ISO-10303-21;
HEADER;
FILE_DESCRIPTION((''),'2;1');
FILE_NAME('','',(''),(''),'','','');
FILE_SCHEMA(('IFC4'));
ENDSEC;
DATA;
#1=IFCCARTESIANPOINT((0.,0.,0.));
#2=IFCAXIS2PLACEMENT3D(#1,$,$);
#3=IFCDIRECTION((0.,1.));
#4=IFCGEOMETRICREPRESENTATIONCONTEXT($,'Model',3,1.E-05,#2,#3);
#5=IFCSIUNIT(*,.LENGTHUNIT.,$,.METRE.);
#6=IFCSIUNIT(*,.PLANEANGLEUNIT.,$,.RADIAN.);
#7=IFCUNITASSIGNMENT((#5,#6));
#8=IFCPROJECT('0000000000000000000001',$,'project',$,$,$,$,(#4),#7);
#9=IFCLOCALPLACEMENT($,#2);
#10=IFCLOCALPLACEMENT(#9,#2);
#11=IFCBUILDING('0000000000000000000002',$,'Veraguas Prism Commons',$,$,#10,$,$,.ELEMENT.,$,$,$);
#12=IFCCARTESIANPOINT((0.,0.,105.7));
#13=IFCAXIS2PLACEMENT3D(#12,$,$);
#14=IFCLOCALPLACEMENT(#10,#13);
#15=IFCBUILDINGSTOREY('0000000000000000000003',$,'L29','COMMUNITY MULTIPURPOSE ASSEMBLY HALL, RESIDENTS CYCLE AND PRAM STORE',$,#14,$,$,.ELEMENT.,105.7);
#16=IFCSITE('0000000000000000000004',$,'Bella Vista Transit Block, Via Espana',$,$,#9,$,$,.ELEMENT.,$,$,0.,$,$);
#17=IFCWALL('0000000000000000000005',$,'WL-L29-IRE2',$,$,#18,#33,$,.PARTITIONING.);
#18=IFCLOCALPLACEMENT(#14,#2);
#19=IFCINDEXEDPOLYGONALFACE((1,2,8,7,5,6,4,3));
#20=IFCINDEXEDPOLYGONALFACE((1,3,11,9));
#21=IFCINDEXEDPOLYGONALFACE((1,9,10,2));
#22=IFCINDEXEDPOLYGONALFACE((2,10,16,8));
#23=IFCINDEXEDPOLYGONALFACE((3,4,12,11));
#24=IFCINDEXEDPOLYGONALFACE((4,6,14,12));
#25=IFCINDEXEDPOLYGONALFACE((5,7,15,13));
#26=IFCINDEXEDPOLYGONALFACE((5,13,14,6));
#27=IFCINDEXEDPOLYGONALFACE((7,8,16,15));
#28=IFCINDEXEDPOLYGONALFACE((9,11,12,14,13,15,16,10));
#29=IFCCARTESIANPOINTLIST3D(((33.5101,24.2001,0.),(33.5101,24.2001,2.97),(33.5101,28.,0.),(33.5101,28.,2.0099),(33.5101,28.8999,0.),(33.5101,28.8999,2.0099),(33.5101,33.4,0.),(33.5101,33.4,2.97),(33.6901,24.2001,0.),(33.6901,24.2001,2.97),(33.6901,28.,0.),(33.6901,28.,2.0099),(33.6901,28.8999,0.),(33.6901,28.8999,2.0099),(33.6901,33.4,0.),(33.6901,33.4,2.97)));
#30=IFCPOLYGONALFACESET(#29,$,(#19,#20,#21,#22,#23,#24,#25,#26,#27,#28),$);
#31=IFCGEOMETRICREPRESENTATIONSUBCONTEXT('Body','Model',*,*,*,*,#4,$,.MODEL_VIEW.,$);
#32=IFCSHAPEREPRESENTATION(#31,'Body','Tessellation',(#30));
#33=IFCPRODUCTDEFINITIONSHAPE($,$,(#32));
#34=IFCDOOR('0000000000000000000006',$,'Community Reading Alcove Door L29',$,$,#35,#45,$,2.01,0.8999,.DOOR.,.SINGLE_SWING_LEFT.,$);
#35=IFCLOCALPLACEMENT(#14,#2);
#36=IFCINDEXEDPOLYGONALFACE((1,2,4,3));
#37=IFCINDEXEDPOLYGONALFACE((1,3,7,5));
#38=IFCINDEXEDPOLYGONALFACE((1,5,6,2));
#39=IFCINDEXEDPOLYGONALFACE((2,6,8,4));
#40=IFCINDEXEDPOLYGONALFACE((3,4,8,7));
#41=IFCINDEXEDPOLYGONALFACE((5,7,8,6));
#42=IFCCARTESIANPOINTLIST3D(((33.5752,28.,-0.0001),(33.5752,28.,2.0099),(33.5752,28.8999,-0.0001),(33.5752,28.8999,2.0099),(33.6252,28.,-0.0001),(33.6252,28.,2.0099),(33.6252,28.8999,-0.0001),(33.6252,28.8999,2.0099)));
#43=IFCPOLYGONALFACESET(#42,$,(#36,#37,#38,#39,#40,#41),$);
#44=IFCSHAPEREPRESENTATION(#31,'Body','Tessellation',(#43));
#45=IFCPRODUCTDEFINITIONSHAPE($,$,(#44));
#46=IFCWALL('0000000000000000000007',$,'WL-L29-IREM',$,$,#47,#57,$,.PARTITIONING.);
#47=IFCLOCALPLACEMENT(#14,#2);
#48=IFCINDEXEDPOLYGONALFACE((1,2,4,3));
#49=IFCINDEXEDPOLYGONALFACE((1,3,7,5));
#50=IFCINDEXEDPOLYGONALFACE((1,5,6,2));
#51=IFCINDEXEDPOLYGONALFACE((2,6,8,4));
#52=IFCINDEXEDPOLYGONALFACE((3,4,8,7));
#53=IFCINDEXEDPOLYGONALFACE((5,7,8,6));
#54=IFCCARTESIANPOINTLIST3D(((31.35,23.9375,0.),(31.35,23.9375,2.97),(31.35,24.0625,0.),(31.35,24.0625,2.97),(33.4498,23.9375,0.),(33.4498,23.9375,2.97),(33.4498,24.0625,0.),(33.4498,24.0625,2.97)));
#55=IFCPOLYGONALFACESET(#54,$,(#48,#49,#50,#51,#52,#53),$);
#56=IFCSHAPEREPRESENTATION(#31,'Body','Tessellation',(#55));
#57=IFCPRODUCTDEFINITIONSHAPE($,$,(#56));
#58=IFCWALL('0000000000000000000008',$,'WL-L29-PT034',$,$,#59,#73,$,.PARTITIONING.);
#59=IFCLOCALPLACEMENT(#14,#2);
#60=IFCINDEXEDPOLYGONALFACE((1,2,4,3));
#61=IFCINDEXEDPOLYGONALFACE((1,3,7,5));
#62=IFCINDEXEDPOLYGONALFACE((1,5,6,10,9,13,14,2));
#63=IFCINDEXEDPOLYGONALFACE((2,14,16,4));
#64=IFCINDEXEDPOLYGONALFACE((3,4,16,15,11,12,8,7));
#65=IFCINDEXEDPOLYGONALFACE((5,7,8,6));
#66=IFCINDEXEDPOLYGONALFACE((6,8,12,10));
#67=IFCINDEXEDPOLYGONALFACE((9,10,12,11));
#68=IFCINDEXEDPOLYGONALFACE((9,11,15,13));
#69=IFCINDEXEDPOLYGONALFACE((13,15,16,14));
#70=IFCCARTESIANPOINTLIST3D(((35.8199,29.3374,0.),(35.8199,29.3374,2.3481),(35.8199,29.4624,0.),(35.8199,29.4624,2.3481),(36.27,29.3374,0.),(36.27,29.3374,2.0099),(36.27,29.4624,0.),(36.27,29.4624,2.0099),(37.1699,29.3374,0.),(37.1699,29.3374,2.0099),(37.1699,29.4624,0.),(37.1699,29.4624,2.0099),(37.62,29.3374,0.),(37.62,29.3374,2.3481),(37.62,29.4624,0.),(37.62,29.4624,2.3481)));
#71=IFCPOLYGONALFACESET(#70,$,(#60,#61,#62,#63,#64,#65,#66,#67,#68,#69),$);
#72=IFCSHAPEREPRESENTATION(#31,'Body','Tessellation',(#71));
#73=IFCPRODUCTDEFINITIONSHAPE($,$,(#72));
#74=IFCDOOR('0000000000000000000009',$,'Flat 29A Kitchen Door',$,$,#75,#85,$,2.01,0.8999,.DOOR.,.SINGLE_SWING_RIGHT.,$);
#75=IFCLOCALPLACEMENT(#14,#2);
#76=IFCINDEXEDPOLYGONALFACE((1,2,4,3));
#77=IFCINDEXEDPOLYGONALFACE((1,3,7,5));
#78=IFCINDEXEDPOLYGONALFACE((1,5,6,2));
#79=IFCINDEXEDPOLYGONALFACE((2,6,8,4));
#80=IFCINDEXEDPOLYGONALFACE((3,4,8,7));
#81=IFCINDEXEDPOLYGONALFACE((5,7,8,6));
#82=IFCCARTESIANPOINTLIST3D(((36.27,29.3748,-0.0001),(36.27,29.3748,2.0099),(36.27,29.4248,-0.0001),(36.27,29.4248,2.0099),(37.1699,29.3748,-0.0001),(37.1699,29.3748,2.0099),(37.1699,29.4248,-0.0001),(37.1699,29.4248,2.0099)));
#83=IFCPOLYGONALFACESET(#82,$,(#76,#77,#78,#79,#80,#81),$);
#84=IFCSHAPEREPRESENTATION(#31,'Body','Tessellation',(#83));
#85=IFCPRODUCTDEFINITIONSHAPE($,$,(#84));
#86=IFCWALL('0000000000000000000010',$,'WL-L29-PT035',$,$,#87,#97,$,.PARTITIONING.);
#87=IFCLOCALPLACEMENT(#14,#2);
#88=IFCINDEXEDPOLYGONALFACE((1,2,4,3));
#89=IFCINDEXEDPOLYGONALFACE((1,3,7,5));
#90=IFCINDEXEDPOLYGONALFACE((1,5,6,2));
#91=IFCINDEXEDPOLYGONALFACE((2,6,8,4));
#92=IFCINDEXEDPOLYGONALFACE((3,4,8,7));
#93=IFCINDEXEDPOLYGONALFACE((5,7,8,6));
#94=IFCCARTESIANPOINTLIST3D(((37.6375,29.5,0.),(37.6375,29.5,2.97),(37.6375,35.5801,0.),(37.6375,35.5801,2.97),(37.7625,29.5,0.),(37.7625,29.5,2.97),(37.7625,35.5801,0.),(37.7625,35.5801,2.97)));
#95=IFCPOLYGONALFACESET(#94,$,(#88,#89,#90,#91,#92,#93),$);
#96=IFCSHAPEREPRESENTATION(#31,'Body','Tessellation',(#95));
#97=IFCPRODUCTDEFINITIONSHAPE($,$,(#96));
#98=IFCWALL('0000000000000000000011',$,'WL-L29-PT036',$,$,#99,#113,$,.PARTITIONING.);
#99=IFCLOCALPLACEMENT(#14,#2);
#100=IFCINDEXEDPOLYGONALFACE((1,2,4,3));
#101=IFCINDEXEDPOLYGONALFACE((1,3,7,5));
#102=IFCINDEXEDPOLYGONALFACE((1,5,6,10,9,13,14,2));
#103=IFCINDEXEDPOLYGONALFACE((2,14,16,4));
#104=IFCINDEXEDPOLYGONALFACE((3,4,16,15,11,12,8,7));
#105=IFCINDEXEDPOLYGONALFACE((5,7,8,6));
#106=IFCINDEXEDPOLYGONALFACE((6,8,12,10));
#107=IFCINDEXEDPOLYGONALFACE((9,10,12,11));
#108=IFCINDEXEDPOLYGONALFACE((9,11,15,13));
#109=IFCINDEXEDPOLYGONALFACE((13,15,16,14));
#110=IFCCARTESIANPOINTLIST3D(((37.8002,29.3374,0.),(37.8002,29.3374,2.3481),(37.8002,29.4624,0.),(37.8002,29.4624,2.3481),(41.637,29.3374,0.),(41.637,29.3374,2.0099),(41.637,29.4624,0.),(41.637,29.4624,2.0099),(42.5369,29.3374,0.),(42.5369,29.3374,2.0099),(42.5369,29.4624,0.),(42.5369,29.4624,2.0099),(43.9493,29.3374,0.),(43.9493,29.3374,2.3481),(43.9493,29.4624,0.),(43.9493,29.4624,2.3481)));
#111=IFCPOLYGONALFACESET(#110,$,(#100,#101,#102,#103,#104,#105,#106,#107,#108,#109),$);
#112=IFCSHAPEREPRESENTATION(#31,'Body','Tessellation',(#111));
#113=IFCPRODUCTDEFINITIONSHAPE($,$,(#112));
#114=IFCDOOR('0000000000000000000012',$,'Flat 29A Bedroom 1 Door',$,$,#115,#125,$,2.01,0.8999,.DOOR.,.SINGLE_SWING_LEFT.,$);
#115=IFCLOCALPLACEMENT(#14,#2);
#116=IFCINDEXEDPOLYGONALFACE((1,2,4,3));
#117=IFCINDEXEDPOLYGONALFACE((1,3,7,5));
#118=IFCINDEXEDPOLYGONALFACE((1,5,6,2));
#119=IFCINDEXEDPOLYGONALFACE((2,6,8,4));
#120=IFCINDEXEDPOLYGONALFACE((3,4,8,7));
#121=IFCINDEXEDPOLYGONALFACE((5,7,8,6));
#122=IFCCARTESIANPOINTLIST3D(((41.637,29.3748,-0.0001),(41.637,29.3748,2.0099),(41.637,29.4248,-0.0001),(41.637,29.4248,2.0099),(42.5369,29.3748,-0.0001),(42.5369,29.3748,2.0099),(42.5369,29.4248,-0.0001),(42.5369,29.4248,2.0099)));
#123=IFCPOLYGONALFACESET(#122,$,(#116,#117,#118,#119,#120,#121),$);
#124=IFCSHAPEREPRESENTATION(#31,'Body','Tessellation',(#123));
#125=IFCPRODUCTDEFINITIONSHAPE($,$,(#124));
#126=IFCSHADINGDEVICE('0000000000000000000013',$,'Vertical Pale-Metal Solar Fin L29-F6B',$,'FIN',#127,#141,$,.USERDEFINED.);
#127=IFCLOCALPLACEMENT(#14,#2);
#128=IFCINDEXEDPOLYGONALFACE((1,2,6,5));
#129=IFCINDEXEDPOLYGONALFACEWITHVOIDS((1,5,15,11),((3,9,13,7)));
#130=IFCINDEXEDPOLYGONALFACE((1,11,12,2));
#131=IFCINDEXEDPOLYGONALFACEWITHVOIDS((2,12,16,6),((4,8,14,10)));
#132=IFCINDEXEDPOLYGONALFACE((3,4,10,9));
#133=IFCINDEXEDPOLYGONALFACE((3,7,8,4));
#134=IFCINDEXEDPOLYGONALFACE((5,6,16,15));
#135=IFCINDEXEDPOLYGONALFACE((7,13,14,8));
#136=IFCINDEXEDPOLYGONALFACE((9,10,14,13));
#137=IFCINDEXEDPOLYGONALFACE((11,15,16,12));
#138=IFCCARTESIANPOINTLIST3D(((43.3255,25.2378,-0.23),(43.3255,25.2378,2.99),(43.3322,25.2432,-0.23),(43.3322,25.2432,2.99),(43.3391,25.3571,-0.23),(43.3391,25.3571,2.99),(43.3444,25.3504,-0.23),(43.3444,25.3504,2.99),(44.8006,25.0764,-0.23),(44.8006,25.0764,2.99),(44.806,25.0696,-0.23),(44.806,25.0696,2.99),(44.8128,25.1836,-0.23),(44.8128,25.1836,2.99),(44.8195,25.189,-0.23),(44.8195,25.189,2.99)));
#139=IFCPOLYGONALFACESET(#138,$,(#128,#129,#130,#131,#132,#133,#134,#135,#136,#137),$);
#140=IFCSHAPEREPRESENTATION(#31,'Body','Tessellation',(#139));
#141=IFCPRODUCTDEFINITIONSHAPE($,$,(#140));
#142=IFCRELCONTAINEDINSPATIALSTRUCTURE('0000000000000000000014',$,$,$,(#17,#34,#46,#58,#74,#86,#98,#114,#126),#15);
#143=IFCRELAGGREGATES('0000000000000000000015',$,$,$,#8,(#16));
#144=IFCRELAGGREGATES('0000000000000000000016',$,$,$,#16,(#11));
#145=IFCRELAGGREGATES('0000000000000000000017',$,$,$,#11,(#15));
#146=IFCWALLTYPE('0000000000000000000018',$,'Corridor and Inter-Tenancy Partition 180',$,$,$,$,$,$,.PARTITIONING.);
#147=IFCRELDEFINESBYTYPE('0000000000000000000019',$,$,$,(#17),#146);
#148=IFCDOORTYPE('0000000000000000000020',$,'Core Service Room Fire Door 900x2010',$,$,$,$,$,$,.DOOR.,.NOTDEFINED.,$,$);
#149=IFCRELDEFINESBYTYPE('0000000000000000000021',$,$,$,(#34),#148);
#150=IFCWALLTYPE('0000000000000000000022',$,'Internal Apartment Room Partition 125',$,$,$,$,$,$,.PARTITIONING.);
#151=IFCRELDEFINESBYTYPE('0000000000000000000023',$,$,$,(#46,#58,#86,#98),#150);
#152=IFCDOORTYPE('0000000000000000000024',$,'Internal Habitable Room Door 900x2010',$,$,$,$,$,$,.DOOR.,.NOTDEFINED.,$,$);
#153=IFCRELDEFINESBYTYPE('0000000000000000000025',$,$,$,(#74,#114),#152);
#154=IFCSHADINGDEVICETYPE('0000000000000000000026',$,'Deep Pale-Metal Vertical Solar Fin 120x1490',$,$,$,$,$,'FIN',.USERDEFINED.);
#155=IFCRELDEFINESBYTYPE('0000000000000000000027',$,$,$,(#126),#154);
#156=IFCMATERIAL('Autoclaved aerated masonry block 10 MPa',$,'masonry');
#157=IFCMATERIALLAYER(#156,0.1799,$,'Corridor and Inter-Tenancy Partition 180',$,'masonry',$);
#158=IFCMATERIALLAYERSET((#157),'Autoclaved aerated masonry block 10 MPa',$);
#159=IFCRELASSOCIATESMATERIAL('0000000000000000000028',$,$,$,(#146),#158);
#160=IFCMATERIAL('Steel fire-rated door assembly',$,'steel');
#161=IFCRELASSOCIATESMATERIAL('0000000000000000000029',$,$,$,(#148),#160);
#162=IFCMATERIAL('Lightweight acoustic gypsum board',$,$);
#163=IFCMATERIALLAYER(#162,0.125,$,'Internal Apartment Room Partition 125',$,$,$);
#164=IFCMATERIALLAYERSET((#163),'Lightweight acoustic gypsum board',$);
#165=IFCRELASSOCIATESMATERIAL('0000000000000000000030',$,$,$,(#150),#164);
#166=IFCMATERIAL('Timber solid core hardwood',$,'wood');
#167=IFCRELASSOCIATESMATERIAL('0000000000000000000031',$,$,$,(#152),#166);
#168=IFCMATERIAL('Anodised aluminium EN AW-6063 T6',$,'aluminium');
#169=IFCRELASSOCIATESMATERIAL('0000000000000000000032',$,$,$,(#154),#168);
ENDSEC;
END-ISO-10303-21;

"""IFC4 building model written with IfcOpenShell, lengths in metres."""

from ifc_helpers import new_model, si_unit, direction, frame, frame_2d, origin, origin_2d, place, context, subcontext, project, spatial, rectangle, hollow_rectangle, extrude, source, transform, mapped, material, layer, layer_set, material_profile, profile_set, type_object, element, fill, save


model = new_model("IFC4")

# Units and contexts
model_context = context("Model", 3, precision=1e-05, world=origin(), true_north=direction((0.0, 1.0)))
body_context = subcontext(model_context, "Body", "Model", "MODEL_VIEW")
ifc_project = project(units=[si_unit("LENGTHUNIT", "METRE"), si_unit("PLANEANGLEUNIT", "RADIAN")], contexts=[model_context])

# Site, building, storey
site_placement = place(None, origin())
site = spatial("IfcSite", under=ifc_project, at=site_placement, Name="Bella Vista Transit Block, Via Espana", CompositionType="ELEMENT", RefElevation=0.0)
building_placement = place(site_placement, origin())
building = spatial("IfcBuilding", under=site, at=building_placement, Name="Veraguas Prism Commons", CompositionType="ELEMENT")
storey_placement = place(building_placement, frame((0.0, 0.0, 105.7)))
storey = spatial("IfcBuildingStorey", under=building, at=storey_placement, Name="L29", Description="COMMUNITY MULTIPURPOSE ASSEMBLY HALL, RESIDENTS CYCLE AND PRAM STORE", CompositionType="ELEMENT", Elevation=105.7)

# Shared definitions
ifc_material_1 = material(Name="Anodised aluminium EN AW-6063 T6", Category="aluminium")

# Wall, opening, door
ifc_material_2 = material(Name="Autoclaved aerated masonry block 10 MPa", Category="masonry")
ifc_layer_1 = layer(ifc_material_2, 0.1799, Name="Corridor and Inter-Tenancy Partition 180", Category="masonry")
ifc_layer_set_1 = layer_set([ifc_layer_1], Name="Autoclaved aerated masonry block 10 MPa")
wall_type_1 = type_object("IfcWallType", Name="Corridor and Inter-Tenancy Partition 180", PredefinedType="PARTITIONING", material=ifc_layer_set_1)
wall_1_placement = place(storey_placement, frame((33.6001, 24.2, 0.0), z_axis=(0.0, 0.0, 1.0), x_axis=(0.0, 1.0, 0.0)))
wall_1 = element("IfcWall", 1, at=wall_1_placement, inside=storey, type_object=wall_type_1, Name="WL-L29-IRE2", PredefinedType="PARTITIONING", context=body_context, shape_type="SweptSolid", body=[
    extrude(rectangle(XDim=9.2, YDim=0.1799, at=frame_2d((4.6001, 0.0))), origin(), (0.0, 0.0, 1.0), 2.97),
])
opening_1_placement = place(wall_1_placement, frame((3.8, 0.0, 0.0)))
opening_1 = element("IfcOpeningElement", 2, at=opening_1_placement, cuts=wall_1, PredefinedType="OPENING", context=body_context, shape_type="SweptSolid", body=[
    extrude(rectangle(XDim=0.8999, YDim=2.01, at=frame_2d((0.45, 1.0049))), frame((0.0, 0.0999, 0.0), z_axis=(0.0, -1.0, 0.0), x_axis=(1.0, 0.0, 0.0)), (0.0, 0.0, 1.0), 0.2),
])
ifc_material_3 = material(Name="Steel fire-rated door assembly", Category="steel")
door_type_1 = type_object("IfcDoorType", Name="Core Service Room Fire Door 900x2010", OperationType="NOTDEFINED", PredefinedType="DOOR", material=ifc_material_3)
shared_shape_1 = source(origin(), body_context, "Body", "SweptSolid", [
    extrude(rectangle(XDim=0.8999, YDim=2.01, at=frame_2d((0.45, 1.0049))), frame((0.0, 0.0249, 0.0), z_axis=(0.0, -1.0, 0.0), x_axis=(1.0, 0.0, 0.0)), (0.0, 0.0, 1.0), 0.05),
])
door_1_placement = place(opening_1_placement, origin())
door_1 = element("IfcDoor", 3, at=door_1_placement, inside=storey, type_object=door_type_1, Name="Community Reading Alcove Door L29", OperationType="SINGLE_SWING_LEFT", OverallHeight=2.01, OverallWidth=0.8999, PredefinedType="DOOR", context=body_context, shape_type="MappedRepresentation", body=[
    mapped(shared_shape_1, transform((0.0, 0.0, 0.0), scale=1.0)),
])
fill(opening_1, door_1)

# Wall
ifc_material_4 = material(Name="Lightweight acoustic gypsum board")
ifc_layer_2 = layer(ifc_material_4, 0.125, Name="Internal Apartment Room Partition 125")
ifc_layer_set_2 = layer_set([ifc_layer_2], Name="Lightweight acoustic gypsum board")
wall_type_2 = type_object("IfcWallType", Name="Internal Apartment Room Partition 125", PredefinedType="PARTITIONING", material=ifc_layer_set_2)
wall_2_placement = place(storey_placement, frame((31.3501, 24.0, 0.0), z_axis=(0.0, 0.0, 1.0), x_axis=(1.0, 0.0, 0.0)))
element("IfcWall", 4, at=wall_2_placement, inside=storey, type_object=wall_type_2, Name="WL-L29-IREM", PredefinedType="PARTITIONING", context=body_context, shape_type="SweptSolid", body=[
    extrude(rectangle(XDim=2.0999, YDim=0.125, at=frame_2d((1.0498, 0.0))), origin(), (0.0, 0.0, 1.0), 2.97),
])

# Wall, opening, door
wall_3_placement = place(storey_placement, frame((35.8201, 29.3999, 0.0), z_axis=(0.0, 0.0, 1.0), x_axis=(1.0, 0.0, 0.0)))
wall_3 = element("IfcWall", 5, at=wall_3_placement, inside=storey, type_object=wall_type_2, Name="WL-L29-PT034", PredefinedType="PARTITIONING", context=body_context, shape_type="SweptSolid", body=[
    extrude(rectangle(XDim=1.8, YDim=0.125, at=frame_2d((0.8999, 0.0))), origin(), (0.0, 0.0, 1.0), 2.3481),
])
opening_2_placement = place(wall_3_placement, frame((0.45, 0.0, 0.0)))
opening_2 = element("IfcOpeningElement", 6, at=opening_2_placement, cuts=wall_3, PredefinedType="OPENING", context=body_context, shape_type="SweptSolid", body=[
    extrude(rectangle(XDim=0.8999, YDim=2.01, at=frame_2d((0.45, 1.0049))), frame((0.0, 0.0725, 0.0), z_axis=(0.0, -1.0, 0.0), x_axis=(1.0, 0.0, 0.0)), (0.0, 0.0, 1.0), 0.145),
])
ifc_material_5 = material(Name="Timber solid core hardwood", Category="wood")
door_type_2 = type_object("IfcDoorType", Name="Internal Habitable Room Door 900x2010", OperationType="NOTDEFINED", PredefinedType="DOOR", material=ifc_material_5)
door_2_placement = place(opening_2_placement, origin())
door_2 = element("IfcDoor", 7, at=door_2_placement, inside=storey, type_object=door_type_2, Name="Flat 29A Kitchen Door", OperationType="SINGLE_SWING_RIGHT", OverallHeight=2.01, OverallWidth=0.8999, PredefinedType="DOOR", context=body_context, shape_type="MappedRepresentation", body=[
    mapped(shared_shape_1, transform((0.0, 0.0, 0.0), scale=1.0)),
])
fill(opening_2, door_2)

# Wall
wall_4_placement = place(storey_placement, frame((37.7, 29.5, 0.0), z_axis=(0.0, 0.0, 1.0), x_axis=(0.0, 1.0, 0.0)))
element("IfcWall", 8, at=wall_4_placement, inside=storey, type_object=wall_type_2, Name="WL-L29-PT035", PredefinedType="PARTITIONING", context=body_context, shape_type="SweptSolid", body=[
    extrude(rectangle(XDim=6.0801, YDim=0.125, at=frame_2d((3.04, 0.0))), origin(), (0.0, 0.0, 1.0), 2.97),
])

# Wall, opening, door
wall_5_placement = place(storey_placement, frame((37.8, 29.3999, 0.0), z_axis=(0.0, 0.0, 1.0), x_axis=(1.0, 0.0, 0.0)))
wall_5 = element("IfcWall", 9, at=wall_5_placement, inside=storey, type_object=wall_type_2, Name="WL-L29-PT036", PredefinedType="PARTITIONING", context=body_context, shape_type="SweptSolid", body=[
    extrude(rectangle(XDim=6.1492, YDim=0.125, at=frame_2d((3.0747, 0.0))), origin(), (0.0, 0.0, 1.0), 2.3481),
])
opening_3_placement = place(wall_5_placement, frame((3.8369, 0.0, 0.0)))
opening_3 = element("IfcOpeningElement", 10, at=opening_3_placement, cuts=wall_5, PredefinedType="OPENING", context=body_context, shape_type="SweptSolid", body=[
    extrude(rectangle(XDim=0.8999, YDim=2.01, at=frame_2d((0.45, 1.0049))), frame((0.0, 0.0725, 0.0), z_axis=(0.0, -1.0, 0.0), x_axis=(1.0, 0.0, 0.0)), (0.0, 0.0, 1.0), 0.145),
])
door_3_placement = place(opening_3_placement, origin())
door_3 = element("IfcDoor", 11, at=door_3_placement, inside=storey, type_object=door_type_2, Name="Flat 29A Bedroom 1 Door", OperationType="SINGLE_SWING_LEFT", OverallHeight=2.01, OverallWidth=0.8999, PredefinedType="DOOR", context=body_context, shape_type="MappedRepresentation", body=[
    mapped(shared_shape_1, transform((0.0, 0.0, 0.0), scale=1.0)),
])
fill(opening_3, door_3)

# Shading device
ifc_material_profile_1 = material_profile(ifc_material_1, hollow_rectangle(XDim=0.1201, YDim=1.49, WallThickness=0.0061, at=origin_2d()), Name="FIN120X1490X6")
ifc_profile_set_1 = profile_set([ifc_material_profile_1], Name="Anodised aluminium EN AW-6063 T6")
shading_device_type = type_object("IfcShadingDeviceType", Name="Deep Pale-Metal Vertical Solar Fin 120x1490", ElementType="FIN", PredefinedType="USERDEFINED", material=ifc_profile_set_1)
shading_device_placement = place(storey_placement, frame((44.0725, 25.2134, -0.23), z_axis=(0.0, 0.0, 1.0), x_axis=(0.11286, 0.993611, 0.0)))
element("IfcShadingDevice", 12, at=shading_device_placement, inside=storey, type_object=shading_device_type, Name="Vertical Pale-Metal Solar Fin L29-F6B", ObjectType="FIN", PredefinedType="USERDEFINED", context=body_context, shape_type="SweptSolid", body=[
    extrude(hollow_rectangle(XDim=0.1201, YDim=1.49, WallThickness=0.0061, at=origin_2d()), origin(), (0.0, 0.0, 1.0), 3.22),
])

save(model, "model.ifc")
